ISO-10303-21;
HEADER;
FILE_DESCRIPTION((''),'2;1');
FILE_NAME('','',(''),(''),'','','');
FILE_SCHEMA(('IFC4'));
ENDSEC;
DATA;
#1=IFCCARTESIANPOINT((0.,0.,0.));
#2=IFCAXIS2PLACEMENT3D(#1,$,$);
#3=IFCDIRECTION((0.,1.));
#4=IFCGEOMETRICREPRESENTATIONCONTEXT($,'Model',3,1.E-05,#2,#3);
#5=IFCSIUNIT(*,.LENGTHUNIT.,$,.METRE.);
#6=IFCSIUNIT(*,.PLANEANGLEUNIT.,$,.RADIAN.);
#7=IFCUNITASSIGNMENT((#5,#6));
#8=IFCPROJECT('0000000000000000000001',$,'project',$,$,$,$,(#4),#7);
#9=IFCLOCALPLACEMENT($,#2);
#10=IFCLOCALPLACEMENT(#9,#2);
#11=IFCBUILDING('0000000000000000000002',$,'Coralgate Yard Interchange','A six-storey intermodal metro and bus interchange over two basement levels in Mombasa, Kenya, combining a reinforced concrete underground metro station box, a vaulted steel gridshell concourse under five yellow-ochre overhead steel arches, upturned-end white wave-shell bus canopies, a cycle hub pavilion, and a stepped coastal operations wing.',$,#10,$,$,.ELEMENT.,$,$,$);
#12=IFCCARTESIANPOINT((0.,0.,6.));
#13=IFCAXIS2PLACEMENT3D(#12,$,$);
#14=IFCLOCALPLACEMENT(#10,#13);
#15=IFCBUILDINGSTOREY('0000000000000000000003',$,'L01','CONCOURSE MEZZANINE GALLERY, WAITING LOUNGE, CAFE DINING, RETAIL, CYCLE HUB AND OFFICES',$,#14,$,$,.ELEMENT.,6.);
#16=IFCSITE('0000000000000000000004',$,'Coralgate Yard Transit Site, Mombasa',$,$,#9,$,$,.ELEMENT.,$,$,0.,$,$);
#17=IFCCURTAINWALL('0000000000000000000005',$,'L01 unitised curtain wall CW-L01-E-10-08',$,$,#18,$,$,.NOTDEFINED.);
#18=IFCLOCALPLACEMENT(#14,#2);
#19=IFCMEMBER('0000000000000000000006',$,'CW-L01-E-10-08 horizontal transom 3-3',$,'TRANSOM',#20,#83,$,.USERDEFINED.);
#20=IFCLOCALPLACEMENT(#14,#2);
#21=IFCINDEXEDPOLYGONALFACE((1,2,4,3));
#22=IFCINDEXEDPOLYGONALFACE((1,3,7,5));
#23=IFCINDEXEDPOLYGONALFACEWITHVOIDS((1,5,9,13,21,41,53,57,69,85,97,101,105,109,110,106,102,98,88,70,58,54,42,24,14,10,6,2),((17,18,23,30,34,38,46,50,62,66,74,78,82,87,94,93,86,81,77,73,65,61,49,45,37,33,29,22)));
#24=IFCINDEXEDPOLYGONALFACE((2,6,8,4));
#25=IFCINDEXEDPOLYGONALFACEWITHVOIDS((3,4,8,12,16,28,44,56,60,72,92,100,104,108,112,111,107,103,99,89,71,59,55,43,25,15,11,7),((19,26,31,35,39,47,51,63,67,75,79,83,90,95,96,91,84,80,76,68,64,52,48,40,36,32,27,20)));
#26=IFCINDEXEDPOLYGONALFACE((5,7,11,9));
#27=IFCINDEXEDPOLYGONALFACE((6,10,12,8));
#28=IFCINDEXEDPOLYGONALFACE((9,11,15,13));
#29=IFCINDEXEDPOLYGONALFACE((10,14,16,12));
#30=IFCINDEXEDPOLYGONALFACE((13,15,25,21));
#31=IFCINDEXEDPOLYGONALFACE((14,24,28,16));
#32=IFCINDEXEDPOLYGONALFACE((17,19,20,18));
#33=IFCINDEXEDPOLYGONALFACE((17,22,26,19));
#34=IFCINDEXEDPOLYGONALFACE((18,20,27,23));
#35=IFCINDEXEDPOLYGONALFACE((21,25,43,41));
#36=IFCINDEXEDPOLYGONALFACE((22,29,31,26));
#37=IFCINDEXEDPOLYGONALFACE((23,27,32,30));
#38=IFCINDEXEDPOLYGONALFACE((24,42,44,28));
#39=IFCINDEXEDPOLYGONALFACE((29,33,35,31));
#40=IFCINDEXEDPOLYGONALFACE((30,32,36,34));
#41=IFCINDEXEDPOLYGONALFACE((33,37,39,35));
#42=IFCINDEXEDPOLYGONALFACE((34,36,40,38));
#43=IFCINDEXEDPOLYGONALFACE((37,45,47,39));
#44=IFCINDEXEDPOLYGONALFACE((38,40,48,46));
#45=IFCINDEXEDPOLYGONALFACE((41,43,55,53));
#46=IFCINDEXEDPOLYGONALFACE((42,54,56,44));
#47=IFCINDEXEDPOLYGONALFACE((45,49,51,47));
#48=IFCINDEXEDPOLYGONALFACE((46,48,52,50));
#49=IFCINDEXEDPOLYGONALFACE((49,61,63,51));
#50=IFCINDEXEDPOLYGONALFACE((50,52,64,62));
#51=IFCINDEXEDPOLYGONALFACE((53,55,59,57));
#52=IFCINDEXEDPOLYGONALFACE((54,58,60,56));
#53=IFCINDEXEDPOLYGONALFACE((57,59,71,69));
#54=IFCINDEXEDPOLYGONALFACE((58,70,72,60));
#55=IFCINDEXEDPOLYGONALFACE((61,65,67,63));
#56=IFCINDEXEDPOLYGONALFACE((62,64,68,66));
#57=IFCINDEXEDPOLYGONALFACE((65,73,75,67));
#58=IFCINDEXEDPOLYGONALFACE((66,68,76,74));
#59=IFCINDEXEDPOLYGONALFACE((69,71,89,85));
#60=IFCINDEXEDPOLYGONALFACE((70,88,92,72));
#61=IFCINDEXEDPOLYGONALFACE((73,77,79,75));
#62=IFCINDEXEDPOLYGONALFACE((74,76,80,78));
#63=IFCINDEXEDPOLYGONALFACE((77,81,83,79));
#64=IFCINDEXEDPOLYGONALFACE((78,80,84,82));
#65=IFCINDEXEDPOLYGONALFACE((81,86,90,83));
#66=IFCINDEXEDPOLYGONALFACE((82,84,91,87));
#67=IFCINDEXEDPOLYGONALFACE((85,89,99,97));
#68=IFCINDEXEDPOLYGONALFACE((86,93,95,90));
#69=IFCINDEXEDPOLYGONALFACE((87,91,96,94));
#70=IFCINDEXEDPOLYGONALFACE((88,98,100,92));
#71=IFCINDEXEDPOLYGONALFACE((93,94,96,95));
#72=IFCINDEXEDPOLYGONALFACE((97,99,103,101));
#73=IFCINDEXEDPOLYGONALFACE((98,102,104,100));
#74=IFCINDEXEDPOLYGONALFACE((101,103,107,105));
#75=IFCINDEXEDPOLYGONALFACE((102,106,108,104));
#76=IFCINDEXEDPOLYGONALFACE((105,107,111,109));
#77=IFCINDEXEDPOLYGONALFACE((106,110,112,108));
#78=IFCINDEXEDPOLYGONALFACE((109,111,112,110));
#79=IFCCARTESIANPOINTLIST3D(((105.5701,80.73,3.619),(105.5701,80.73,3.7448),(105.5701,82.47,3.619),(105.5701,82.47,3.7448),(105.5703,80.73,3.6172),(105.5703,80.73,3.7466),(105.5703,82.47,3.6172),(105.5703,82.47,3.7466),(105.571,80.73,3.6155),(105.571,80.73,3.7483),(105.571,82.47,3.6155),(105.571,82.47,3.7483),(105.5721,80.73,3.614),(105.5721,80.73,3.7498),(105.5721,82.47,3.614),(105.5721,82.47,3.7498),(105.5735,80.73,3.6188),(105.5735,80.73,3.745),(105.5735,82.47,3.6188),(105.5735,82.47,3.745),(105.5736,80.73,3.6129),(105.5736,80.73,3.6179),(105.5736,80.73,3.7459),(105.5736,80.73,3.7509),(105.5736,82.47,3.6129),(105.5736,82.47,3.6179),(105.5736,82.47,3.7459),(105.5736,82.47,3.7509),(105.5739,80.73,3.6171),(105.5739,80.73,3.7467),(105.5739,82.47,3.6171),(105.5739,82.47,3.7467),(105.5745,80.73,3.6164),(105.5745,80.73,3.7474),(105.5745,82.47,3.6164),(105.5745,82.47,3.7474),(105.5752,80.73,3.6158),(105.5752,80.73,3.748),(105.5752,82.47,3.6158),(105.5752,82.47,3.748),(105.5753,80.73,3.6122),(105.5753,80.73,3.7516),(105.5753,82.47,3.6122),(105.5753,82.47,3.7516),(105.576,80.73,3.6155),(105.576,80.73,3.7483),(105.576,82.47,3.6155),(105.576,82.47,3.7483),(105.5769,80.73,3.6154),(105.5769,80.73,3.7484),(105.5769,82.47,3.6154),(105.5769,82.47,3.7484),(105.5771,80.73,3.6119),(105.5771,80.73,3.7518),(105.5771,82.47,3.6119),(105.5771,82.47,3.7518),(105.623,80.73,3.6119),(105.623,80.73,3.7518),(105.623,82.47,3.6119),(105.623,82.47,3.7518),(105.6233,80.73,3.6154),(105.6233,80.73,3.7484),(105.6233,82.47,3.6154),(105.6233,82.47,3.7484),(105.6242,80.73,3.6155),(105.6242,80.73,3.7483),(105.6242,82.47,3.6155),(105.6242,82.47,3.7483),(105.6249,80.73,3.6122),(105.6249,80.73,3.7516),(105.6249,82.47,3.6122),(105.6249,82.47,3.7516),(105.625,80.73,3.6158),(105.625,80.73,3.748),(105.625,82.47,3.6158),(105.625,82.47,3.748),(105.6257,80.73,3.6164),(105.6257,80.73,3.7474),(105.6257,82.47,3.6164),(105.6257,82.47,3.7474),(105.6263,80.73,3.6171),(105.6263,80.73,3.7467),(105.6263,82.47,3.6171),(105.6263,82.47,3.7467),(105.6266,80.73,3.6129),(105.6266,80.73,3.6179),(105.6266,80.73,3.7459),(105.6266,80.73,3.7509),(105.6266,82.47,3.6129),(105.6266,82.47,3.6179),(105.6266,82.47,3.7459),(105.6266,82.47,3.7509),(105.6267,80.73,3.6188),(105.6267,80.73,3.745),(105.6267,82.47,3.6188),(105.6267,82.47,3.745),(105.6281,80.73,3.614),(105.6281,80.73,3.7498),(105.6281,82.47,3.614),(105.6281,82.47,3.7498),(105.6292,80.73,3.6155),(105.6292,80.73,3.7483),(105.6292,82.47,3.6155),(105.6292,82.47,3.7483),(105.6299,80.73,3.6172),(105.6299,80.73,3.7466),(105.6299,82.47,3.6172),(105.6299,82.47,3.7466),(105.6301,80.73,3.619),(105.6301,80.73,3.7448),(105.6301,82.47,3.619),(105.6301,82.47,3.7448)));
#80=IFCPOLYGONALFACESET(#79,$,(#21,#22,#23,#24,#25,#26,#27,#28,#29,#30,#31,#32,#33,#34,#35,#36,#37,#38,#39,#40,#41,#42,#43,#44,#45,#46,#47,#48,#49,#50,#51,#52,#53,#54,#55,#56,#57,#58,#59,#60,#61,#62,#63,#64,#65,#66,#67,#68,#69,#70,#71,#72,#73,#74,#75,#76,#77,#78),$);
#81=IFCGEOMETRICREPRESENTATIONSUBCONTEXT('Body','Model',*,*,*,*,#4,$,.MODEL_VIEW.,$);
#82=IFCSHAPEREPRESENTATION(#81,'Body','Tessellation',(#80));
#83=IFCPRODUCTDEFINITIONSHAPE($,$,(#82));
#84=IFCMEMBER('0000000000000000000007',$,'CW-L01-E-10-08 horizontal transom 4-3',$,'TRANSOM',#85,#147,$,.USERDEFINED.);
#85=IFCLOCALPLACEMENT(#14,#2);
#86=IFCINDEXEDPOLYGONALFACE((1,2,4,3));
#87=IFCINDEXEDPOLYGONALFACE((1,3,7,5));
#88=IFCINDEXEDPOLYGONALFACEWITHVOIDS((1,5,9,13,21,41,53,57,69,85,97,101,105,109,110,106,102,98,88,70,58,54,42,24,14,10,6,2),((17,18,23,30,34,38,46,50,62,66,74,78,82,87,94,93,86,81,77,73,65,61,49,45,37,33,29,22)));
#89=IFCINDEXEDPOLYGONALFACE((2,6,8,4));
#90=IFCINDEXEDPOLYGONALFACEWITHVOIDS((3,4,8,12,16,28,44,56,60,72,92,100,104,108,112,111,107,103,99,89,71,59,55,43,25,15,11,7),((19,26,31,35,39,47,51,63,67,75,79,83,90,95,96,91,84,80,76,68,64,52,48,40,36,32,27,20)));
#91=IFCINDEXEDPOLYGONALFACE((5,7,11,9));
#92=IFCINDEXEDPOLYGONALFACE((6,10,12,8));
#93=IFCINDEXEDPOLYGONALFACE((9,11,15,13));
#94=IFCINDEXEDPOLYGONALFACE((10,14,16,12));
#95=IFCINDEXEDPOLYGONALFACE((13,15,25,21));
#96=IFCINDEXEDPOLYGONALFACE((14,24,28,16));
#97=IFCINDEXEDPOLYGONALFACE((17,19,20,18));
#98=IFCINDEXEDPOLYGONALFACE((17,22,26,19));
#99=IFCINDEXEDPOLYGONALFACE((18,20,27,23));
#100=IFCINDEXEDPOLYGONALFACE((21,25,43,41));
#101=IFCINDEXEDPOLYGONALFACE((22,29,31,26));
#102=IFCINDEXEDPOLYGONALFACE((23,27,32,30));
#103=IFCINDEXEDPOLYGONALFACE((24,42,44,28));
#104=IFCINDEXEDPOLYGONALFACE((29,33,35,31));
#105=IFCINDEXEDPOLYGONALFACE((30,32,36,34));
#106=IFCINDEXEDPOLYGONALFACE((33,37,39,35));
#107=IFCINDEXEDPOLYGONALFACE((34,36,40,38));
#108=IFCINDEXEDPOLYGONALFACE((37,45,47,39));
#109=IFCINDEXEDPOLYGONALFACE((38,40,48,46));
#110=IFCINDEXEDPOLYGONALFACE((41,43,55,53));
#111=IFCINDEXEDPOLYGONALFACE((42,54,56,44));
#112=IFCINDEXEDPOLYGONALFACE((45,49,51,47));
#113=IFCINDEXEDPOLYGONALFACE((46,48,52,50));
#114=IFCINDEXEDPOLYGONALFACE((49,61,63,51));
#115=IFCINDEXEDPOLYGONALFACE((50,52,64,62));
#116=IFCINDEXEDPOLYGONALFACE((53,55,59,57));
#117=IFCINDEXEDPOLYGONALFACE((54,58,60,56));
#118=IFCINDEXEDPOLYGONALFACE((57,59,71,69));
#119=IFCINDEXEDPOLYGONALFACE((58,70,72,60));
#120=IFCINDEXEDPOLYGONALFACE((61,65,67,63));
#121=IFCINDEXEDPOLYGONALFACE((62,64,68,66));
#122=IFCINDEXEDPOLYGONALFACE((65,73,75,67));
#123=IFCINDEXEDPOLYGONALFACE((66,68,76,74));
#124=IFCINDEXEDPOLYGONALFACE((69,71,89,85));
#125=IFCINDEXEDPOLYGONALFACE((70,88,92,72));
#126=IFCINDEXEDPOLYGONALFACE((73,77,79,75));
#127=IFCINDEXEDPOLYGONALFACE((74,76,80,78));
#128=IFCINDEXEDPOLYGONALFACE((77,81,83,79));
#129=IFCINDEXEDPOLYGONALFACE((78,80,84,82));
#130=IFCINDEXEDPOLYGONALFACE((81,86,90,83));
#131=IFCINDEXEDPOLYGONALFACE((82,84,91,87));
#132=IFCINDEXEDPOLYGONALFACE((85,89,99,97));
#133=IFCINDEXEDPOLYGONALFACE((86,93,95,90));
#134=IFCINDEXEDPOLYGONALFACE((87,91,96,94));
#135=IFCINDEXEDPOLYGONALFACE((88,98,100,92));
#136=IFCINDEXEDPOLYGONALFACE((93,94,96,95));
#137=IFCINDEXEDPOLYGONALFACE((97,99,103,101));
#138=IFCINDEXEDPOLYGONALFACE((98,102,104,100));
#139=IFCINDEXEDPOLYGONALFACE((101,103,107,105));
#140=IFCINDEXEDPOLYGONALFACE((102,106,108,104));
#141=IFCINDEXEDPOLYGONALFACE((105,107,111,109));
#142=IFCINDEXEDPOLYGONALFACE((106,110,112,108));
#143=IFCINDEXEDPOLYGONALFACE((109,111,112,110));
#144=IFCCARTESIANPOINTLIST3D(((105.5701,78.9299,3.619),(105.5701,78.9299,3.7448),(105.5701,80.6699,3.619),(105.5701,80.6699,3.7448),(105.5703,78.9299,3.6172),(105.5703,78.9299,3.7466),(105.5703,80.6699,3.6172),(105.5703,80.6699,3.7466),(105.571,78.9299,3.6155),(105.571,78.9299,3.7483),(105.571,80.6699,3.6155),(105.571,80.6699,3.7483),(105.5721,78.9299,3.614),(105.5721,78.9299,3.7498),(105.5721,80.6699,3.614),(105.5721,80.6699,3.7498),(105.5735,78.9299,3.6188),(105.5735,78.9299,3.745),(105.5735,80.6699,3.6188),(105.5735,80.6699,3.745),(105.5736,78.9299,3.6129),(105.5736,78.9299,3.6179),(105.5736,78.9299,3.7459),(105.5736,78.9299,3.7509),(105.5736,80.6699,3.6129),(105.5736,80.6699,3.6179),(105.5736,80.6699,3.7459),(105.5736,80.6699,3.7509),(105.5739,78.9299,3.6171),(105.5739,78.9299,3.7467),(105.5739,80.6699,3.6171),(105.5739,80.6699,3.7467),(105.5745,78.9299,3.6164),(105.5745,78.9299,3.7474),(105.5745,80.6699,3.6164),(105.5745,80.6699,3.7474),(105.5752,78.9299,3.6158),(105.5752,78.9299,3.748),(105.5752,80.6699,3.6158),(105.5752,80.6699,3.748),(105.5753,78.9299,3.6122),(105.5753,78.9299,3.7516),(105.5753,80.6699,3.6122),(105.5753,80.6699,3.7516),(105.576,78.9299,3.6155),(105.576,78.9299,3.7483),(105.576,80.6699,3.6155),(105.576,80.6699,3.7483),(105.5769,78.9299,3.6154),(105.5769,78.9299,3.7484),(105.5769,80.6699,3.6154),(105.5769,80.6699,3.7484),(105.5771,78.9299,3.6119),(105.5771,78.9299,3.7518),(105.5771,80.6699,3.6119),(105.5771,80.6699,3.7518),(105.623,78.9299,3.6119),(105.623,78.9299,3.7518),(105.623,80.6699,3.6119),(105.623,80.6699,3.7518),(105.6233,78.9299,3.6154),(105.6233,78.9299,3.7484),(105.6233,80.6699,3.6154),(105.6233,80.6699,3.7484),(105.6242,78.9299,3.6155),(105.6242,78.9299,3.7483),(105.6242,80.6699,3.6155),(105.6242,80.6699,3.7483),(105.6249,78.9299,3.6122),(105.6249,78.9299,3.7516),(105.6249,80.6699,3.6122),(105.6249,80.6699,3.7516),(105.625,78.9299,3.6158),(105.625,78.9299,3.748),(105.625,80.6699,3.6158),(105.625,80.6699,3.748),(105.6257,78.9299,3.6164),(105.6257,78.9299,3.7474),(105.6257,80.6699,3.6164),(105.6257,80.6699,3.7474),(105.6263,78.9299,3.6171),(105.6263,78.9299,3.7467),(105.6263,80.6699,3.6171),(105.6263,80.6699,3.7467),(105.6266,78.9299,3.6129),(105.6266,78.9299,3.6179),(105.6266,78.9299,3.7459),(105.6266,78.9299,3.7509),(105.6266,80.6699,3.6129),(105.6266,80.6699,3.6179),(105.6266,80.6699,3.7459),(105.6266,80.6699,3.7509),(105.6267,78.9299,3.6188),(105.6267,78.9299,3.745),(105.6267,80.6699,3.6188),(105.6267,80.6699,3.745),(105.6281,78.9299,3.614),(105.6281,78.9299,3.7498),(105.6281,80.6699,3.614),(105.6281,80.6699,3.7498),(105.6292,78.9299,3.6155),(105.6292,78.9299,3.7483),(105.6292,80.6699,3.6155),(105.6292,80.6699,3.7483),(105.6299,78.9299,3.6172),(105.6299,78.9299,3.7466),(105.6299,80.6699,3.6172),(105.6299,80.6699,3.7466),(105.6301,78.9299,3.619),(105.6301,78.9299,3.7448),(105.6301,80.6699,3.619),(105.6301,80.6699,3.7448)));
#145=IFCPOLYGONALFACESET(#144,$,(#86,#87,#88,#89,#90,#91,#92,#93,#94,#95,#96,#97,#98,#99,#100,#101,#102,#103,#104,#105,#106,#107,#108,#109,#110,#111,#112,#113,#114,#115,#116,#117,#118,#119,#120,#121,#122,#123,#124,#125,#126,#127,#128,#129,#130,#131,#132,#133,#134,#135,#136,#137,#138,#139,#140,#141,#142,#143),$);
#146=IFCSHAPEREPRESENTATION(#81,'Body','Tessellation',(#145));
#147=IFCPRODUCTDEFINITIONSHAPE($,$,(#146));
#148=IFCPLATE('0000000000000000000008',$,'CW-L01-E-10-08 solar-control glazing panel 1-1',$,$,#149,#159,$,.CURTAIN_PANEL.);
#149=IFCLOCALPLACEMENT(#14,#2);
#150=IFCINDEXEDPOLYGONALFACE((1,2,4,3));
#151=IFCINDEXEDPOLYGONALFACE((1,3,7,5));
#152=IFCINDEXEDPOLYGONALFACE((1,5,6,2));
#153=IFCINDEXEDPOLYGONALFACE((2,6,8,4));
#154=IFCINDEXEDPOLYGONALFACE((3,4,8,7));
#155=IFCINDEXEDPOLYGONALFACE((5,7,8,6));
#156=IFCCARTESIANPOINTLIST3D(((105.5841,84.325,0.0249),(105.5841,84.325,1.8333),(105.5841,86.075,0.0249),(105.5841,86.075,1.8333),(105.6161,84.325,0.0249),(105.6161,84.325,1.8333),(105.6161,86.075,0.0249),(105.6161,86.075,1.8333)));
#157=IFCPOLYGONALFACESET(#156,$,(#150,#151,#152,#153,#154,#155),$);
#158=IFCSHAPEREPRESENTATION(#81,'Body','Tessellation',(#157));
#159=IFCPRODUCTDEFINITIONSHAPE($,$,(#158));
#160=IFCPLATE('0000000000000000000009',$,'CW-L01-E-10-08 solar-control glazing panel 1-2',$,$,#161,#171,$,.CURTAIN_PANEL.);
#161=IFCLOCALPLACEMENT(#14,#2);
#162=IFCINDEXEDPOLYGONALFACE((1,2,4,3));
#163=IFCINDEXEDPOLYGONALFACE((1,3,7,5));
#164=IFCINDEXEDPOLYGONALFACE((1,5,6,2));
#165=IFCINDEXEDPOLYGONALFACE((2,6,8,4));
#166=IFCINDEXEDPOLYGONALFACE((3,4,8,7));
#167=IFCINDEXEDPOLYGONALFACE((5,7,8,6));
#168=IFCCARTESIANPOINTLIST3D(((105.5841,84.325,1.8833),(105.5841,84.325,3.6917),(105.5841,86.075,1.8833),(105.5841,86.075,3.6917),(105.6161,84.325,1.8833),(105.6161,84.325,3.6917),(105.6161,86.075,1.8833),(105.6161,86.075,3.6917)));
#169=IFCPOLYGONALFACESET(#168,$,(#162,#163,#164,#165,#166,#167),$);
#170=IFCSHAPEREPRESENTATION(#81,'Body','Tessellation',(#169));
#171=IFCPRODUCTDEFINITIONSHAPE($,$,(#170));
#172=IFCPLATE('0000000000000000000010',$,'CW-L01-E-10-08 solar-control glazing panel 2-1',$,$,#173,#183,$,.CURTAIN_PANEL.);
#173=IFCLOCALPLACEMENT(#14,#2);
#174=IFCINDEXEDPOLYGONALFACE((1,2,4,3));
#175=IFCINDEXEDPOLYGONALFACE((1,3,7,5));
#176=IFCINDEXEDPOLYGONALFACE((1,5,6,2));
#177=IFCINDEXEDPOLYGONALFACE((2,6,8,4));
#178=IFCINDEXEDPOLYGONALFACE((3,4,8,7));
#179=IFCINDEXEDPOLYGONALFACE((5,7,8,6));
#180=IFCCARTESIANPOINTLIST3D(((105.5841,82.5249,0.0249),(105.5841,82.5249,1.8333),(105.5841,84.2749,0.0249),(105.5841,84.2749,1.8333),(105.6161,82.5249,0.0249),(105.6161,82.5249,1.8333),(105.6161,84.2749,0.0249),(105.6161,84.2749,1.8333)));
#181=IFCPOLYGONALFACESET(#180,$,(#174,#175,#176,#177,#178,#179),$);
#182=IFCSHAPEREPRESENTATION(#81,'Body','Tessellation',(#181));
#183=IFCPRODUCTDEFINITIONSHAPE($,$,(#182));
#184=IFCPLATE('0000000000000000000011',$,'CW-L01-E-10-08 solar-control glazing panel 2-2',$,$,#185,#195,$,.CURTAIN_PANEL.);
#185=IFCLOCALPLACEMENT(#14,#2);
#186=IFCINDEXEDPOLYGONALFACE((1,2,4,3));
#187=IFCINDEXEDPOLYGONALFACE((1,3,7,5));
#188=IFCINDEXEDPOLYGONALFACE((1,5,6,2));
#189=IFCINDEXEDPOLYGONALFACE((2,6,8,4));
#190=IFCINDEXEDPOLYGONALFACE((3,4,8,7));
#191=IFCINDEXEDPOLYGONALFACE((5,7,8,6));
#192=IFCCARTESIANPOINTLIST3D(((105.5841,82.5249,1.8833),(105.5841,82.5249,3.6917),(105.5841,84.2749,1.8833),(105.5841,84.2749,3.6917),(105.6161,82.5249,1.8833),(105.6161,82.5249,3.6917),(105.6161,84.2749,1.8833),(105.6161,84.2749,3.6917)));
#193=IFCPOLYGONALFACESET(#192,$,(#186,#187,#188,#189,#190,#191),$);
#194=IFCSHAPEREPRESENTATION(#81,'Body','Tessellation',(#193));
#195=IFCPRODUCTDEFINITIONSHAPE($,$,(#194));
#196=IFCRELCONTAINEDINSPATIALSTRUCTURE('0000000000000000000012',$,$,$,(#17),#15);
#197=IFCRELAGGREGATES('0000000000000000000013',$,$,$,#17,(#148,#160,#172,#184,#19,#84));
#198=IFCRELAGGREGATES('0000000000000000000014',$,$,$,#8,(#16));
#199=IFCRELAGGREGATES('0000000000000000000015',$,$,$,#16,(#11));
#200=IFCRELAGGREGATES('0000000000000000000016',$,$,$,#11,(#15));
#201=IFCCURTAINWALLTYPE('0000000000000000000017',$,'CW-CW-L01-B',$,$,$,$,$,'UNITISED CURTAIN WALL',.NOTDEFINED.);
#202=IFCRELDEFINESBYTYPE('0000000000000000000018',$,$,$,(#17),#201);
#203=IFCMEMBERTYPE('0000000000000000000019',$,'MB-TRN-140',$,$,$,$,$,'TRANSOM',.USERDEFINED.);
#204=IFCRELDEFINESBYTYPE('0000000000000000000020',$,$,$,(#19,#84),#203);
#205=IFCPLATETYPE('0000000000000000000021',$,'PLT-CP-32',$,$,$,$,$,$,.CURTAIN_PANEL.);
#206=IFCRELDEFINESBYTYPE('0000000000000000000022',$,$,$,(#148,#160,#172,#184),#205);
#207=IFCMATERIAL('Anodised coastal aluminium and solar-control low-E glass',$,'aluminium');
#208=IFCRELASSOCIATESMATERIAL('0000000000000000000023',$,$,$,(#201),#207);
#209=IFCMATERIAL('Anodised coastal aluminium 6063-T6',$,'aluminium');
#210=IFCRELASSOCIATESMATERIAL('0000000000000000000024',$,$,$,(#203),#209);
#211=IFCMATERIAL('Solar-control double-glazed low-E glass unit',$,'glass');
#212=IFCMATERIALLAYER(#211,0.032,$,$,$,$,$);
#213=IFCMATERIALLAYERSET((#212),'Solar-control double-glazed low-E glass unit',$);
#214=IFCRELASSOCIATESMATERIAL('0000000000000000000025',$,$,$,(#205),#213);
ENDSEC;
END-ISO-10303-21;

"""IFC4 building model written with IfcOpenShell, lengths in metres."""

from ifc_helpers import new_model, si_unit, direction, frame, origin, origin_2d, place, context, subcontext, project, spatial, rectangle, hollow_rectangle, extrude, material, layer, layer_set, material_profile, profile_set, type_object, element, aggregate, save


model = new_model("IFC4")

# Units and contexts
model_context = context("Model", 3, precision=1e-05, world=origin(), true_north=direction((0.0, 1.0)))
body_context = subcontext(model_context, "Body", "Model", "MODEL_VIEW")
ifc_project = project(units=[si_unit("LENGTHUNIT", "METRE"), si_unit("PLANEANGLEUNIT", "RADIAN")], contexts=[model_context])

# Site, building, storey
site_placement = place(None, origin())
site = spatial("IfcSite", under=ifc_project, at=site_placement, Name="Coralgate Yard Transit Site, Mombasa", CompositionType="ELEMENT", RefElevation=0.0)
building_placement = place(site_placement, origin())
building = spatial("IfcBuilding", under=site, at=building_placement, Name="Coralgate Yard Interchange", Description="A six-storey intermodal metro and bus interchange over two basement levels in Mombasa, Kenya, combining a reinforced concrete underground metro station box, a vaulted steel gridshell concourse under five yellow-ochre overhead steel arches, upturned-end white wave-shell bus canopies, a cycle hub pavilion, and a stepped coastal operations wing.", CompositionType="ELEMENT")
storey_placement = place(building_placement, frame((0.0, 0.0, 6.0)))
storey = spatial("IfcBuildingStorey", under=building, at=storey_placement, Name="L01", Description="CONCOURSE MEZZANINE GALLERY, WAITING LOUNGE, CAFE DINING, RETAIL, CYCLE HUB AND OFFICES", CompositionType="ELEMENT", Elevation=6.0)

# Curtain wall, members, plates
ifc_material_1 = material(Name="Anodised coastal aluminium and solar-control low-E glass", Category="aluminium")
curtain_wall_type = type_object("IfcCurtainWallType", Name="CW-CW-L01-B", ElementType="UNITISED CURTAIN WALL", PredefinedType="NOTDEFINED", material=ifc_material_1)
curtain_wall_placement = place(storey_placement, origin())
curtain_wall = element("IfcCurtainWall", 1, at=curtain_wall_placement, inside=storey, type_object=curtain_wall_type, Name="L01 unitised curtain wall CW-L01-E-10-08", PredefinedType="NOTDEFINED")
ifc_material_2 = material(Name="Anodised coastal aluminium 6063-T6", Category="aluminium")
ifc_material_profile_1 = material_profile(ifc_material_2, hollow_rectangle(XDim=0.0601, YDim=0.1399, WallThickness=0.0034, InnerFilletRadius=0.0034, OuterFilletRadius=0.0071, at=origin_2d()), Name="ALU 60x140x3.5")
ifc_profile_set_1 = profile_set([ifc_material_profile_1], Name="Anodised coastal aluminium 6063-T6")
member_type_1 = type_object("IfcMemberType", Name="MB-TRN-140", ElementType="TRANSOM", PredefinedType="USERDEFINED", material=ifc_profile_set_1)
member_1_placement = place(storey_placement, frame((105.6001, 82.47, 3.6819), z_axis=(0.0, -1.0, 0.0), x_axis=(1.0, 0.0, 0.0)))
member_1 = element("IfcMember", 2, at=member_1_placement, type_object=member_type_1, Name="CW-L01-E-10-08 horizontal transom 3-3", ObjectType="TRANSOM", PredefinedType="USERDEFINED", context=body_context, shape_type="SweptSolid", body=[
    extrude(hollow_rectangle(XDim=0.0601, YDim=0.1399, WallThickness=0.0034, InnerFilletRadius=0.0034, OuterFilletRadius=0.0071, at=origin_2d()), origin(), (0.0, 0.0, 1.0), 1.74),
])
member_2_placement = place(storey_placement, frame((105.6001, 80.6699, 3.6819), z_axis=(0.0, -1.0, 0.0), x_axis=(1.0, 0.0, 0.0)))
member_2 = element("IfcMember", 3, at=member_2_placement, type_object=member_type_1, Name="CW-L01-E-10-08 horizontal transom 4-3", ObjectType="TRANSOM", PredefinedType="USERDEFINED", context=body_context, shape_type="SweptSolid", body=[
    extrude(hollow_rectangle(XDim=0.0601, YDim=0.1399, WallThickness=0.0034, InnerFilletRadius=0.0034, OuterFilletRadius=0.0071, at=origin_2d()), origin(), (0.0, 0.0, 1.0), 1.74),
])
ifc_material_3 = material(Name="Solar-control double-glazed low-E glass unit", Category="glass")
ifc_layer_1 = layer(ifc_material_3, 0.032)
ifc_layer_set_1 = layer_set([ifc_layer_1], Name="Solar-control double-glazed low-E glass unit")
plate_type = type_object("IfcPlateType", Name="PLT-CP-32", PredefinedType="CURTAIN_PANEL", material=ifc_layer_set_1)
plate_1_placement = place(storey_placement, frame((105.6001, 85.2, 0.0249), z_axis=(0.0, 0.0, 1.0), x_axis=(0.0, -1.0, 0.0)))
plate_1 = element("IfcPlate", 4, at=plate_1_placement, type_object=plate_type, Name="CW-L01-E-10-08 solar-control glazing panel 1-1", PredefinedType="CURTAIN_PANEL", context=body_context, shape_type="SweptSolid", body=[
    extrude(rectangle(XDim=1.75, YDim=0.032, at=origin_2d()), origin(), (0.0, 0.0, 1.0), 1.8083),
])
plate_2_placement = place(storey_placement, frame((105.6001, 85.2, 1.8833), z_axis=(0.0, 0.0, 1.0), x_axis=(0.0, -1.0, 0.0)))
plate_2 = element("IfcPlate", 5, at=plate_2_placement, type_object=plate_type, Name="CW-L01-E-10-08 solar-control glazing panel 1-2", PredefinedType="CURTAIN_PANEL", context=body_context, shape_type="SweptSolid", body=[
    extrude(rectangle(XDim=1.75, YDim=0.032, at=origin_2d()), origin(), (0.0, 0.0, 1.0), 1.8083),
])
plate_3_placement = place(storey_placement, frame((105.6001, 83.3999, 0.0249), z_axis=(0.0, 0.0, 1.0), x_axis=(0.0, -1.0, 0.0)))
plate_3 = element("IfcPlate", 6, at=plate_3_placement, type_object=plate_type, Name="CW-L01-E-10-08 solar-control glazing panel 2-1", PredefinedType="CURTAIN_PANEL", context=body_context, shape_type="SweptSolid", body=[
    extrude(rectangle(XDim=1.75, YDim=0.032, at=origin_2d()), origin(), (0.0, 0.0, 1.0), 1.8083),
])
plate_4_placement = place(storey_placement, frame((105.6001, 83.3999, 1.8833), z_axis=(0.0, 0.0, 1.0), x_axis=(0.0, -1.0, 0.0)))
plate_4 = element("IfcPlate", 7, at=plate_4_placement, type_object=plate_type, Name="CW-L01-E-10-08 solar-control glazing panel 2-2", PredefinedType="CURTAIN_PANEL", context=body_context, shape_type="SweptSolid", body=[
    extrude(rectangle(XDim=1.75, YDim=0.032, at=origin_2d()), origin(), (0.0, 0.0, 1.0), 1.8083),
])
aggregate(curtain_wall, [plate_1, plate_2, plate_3, plate_4, member_1, member_2])

save(model, "model.ifc")
